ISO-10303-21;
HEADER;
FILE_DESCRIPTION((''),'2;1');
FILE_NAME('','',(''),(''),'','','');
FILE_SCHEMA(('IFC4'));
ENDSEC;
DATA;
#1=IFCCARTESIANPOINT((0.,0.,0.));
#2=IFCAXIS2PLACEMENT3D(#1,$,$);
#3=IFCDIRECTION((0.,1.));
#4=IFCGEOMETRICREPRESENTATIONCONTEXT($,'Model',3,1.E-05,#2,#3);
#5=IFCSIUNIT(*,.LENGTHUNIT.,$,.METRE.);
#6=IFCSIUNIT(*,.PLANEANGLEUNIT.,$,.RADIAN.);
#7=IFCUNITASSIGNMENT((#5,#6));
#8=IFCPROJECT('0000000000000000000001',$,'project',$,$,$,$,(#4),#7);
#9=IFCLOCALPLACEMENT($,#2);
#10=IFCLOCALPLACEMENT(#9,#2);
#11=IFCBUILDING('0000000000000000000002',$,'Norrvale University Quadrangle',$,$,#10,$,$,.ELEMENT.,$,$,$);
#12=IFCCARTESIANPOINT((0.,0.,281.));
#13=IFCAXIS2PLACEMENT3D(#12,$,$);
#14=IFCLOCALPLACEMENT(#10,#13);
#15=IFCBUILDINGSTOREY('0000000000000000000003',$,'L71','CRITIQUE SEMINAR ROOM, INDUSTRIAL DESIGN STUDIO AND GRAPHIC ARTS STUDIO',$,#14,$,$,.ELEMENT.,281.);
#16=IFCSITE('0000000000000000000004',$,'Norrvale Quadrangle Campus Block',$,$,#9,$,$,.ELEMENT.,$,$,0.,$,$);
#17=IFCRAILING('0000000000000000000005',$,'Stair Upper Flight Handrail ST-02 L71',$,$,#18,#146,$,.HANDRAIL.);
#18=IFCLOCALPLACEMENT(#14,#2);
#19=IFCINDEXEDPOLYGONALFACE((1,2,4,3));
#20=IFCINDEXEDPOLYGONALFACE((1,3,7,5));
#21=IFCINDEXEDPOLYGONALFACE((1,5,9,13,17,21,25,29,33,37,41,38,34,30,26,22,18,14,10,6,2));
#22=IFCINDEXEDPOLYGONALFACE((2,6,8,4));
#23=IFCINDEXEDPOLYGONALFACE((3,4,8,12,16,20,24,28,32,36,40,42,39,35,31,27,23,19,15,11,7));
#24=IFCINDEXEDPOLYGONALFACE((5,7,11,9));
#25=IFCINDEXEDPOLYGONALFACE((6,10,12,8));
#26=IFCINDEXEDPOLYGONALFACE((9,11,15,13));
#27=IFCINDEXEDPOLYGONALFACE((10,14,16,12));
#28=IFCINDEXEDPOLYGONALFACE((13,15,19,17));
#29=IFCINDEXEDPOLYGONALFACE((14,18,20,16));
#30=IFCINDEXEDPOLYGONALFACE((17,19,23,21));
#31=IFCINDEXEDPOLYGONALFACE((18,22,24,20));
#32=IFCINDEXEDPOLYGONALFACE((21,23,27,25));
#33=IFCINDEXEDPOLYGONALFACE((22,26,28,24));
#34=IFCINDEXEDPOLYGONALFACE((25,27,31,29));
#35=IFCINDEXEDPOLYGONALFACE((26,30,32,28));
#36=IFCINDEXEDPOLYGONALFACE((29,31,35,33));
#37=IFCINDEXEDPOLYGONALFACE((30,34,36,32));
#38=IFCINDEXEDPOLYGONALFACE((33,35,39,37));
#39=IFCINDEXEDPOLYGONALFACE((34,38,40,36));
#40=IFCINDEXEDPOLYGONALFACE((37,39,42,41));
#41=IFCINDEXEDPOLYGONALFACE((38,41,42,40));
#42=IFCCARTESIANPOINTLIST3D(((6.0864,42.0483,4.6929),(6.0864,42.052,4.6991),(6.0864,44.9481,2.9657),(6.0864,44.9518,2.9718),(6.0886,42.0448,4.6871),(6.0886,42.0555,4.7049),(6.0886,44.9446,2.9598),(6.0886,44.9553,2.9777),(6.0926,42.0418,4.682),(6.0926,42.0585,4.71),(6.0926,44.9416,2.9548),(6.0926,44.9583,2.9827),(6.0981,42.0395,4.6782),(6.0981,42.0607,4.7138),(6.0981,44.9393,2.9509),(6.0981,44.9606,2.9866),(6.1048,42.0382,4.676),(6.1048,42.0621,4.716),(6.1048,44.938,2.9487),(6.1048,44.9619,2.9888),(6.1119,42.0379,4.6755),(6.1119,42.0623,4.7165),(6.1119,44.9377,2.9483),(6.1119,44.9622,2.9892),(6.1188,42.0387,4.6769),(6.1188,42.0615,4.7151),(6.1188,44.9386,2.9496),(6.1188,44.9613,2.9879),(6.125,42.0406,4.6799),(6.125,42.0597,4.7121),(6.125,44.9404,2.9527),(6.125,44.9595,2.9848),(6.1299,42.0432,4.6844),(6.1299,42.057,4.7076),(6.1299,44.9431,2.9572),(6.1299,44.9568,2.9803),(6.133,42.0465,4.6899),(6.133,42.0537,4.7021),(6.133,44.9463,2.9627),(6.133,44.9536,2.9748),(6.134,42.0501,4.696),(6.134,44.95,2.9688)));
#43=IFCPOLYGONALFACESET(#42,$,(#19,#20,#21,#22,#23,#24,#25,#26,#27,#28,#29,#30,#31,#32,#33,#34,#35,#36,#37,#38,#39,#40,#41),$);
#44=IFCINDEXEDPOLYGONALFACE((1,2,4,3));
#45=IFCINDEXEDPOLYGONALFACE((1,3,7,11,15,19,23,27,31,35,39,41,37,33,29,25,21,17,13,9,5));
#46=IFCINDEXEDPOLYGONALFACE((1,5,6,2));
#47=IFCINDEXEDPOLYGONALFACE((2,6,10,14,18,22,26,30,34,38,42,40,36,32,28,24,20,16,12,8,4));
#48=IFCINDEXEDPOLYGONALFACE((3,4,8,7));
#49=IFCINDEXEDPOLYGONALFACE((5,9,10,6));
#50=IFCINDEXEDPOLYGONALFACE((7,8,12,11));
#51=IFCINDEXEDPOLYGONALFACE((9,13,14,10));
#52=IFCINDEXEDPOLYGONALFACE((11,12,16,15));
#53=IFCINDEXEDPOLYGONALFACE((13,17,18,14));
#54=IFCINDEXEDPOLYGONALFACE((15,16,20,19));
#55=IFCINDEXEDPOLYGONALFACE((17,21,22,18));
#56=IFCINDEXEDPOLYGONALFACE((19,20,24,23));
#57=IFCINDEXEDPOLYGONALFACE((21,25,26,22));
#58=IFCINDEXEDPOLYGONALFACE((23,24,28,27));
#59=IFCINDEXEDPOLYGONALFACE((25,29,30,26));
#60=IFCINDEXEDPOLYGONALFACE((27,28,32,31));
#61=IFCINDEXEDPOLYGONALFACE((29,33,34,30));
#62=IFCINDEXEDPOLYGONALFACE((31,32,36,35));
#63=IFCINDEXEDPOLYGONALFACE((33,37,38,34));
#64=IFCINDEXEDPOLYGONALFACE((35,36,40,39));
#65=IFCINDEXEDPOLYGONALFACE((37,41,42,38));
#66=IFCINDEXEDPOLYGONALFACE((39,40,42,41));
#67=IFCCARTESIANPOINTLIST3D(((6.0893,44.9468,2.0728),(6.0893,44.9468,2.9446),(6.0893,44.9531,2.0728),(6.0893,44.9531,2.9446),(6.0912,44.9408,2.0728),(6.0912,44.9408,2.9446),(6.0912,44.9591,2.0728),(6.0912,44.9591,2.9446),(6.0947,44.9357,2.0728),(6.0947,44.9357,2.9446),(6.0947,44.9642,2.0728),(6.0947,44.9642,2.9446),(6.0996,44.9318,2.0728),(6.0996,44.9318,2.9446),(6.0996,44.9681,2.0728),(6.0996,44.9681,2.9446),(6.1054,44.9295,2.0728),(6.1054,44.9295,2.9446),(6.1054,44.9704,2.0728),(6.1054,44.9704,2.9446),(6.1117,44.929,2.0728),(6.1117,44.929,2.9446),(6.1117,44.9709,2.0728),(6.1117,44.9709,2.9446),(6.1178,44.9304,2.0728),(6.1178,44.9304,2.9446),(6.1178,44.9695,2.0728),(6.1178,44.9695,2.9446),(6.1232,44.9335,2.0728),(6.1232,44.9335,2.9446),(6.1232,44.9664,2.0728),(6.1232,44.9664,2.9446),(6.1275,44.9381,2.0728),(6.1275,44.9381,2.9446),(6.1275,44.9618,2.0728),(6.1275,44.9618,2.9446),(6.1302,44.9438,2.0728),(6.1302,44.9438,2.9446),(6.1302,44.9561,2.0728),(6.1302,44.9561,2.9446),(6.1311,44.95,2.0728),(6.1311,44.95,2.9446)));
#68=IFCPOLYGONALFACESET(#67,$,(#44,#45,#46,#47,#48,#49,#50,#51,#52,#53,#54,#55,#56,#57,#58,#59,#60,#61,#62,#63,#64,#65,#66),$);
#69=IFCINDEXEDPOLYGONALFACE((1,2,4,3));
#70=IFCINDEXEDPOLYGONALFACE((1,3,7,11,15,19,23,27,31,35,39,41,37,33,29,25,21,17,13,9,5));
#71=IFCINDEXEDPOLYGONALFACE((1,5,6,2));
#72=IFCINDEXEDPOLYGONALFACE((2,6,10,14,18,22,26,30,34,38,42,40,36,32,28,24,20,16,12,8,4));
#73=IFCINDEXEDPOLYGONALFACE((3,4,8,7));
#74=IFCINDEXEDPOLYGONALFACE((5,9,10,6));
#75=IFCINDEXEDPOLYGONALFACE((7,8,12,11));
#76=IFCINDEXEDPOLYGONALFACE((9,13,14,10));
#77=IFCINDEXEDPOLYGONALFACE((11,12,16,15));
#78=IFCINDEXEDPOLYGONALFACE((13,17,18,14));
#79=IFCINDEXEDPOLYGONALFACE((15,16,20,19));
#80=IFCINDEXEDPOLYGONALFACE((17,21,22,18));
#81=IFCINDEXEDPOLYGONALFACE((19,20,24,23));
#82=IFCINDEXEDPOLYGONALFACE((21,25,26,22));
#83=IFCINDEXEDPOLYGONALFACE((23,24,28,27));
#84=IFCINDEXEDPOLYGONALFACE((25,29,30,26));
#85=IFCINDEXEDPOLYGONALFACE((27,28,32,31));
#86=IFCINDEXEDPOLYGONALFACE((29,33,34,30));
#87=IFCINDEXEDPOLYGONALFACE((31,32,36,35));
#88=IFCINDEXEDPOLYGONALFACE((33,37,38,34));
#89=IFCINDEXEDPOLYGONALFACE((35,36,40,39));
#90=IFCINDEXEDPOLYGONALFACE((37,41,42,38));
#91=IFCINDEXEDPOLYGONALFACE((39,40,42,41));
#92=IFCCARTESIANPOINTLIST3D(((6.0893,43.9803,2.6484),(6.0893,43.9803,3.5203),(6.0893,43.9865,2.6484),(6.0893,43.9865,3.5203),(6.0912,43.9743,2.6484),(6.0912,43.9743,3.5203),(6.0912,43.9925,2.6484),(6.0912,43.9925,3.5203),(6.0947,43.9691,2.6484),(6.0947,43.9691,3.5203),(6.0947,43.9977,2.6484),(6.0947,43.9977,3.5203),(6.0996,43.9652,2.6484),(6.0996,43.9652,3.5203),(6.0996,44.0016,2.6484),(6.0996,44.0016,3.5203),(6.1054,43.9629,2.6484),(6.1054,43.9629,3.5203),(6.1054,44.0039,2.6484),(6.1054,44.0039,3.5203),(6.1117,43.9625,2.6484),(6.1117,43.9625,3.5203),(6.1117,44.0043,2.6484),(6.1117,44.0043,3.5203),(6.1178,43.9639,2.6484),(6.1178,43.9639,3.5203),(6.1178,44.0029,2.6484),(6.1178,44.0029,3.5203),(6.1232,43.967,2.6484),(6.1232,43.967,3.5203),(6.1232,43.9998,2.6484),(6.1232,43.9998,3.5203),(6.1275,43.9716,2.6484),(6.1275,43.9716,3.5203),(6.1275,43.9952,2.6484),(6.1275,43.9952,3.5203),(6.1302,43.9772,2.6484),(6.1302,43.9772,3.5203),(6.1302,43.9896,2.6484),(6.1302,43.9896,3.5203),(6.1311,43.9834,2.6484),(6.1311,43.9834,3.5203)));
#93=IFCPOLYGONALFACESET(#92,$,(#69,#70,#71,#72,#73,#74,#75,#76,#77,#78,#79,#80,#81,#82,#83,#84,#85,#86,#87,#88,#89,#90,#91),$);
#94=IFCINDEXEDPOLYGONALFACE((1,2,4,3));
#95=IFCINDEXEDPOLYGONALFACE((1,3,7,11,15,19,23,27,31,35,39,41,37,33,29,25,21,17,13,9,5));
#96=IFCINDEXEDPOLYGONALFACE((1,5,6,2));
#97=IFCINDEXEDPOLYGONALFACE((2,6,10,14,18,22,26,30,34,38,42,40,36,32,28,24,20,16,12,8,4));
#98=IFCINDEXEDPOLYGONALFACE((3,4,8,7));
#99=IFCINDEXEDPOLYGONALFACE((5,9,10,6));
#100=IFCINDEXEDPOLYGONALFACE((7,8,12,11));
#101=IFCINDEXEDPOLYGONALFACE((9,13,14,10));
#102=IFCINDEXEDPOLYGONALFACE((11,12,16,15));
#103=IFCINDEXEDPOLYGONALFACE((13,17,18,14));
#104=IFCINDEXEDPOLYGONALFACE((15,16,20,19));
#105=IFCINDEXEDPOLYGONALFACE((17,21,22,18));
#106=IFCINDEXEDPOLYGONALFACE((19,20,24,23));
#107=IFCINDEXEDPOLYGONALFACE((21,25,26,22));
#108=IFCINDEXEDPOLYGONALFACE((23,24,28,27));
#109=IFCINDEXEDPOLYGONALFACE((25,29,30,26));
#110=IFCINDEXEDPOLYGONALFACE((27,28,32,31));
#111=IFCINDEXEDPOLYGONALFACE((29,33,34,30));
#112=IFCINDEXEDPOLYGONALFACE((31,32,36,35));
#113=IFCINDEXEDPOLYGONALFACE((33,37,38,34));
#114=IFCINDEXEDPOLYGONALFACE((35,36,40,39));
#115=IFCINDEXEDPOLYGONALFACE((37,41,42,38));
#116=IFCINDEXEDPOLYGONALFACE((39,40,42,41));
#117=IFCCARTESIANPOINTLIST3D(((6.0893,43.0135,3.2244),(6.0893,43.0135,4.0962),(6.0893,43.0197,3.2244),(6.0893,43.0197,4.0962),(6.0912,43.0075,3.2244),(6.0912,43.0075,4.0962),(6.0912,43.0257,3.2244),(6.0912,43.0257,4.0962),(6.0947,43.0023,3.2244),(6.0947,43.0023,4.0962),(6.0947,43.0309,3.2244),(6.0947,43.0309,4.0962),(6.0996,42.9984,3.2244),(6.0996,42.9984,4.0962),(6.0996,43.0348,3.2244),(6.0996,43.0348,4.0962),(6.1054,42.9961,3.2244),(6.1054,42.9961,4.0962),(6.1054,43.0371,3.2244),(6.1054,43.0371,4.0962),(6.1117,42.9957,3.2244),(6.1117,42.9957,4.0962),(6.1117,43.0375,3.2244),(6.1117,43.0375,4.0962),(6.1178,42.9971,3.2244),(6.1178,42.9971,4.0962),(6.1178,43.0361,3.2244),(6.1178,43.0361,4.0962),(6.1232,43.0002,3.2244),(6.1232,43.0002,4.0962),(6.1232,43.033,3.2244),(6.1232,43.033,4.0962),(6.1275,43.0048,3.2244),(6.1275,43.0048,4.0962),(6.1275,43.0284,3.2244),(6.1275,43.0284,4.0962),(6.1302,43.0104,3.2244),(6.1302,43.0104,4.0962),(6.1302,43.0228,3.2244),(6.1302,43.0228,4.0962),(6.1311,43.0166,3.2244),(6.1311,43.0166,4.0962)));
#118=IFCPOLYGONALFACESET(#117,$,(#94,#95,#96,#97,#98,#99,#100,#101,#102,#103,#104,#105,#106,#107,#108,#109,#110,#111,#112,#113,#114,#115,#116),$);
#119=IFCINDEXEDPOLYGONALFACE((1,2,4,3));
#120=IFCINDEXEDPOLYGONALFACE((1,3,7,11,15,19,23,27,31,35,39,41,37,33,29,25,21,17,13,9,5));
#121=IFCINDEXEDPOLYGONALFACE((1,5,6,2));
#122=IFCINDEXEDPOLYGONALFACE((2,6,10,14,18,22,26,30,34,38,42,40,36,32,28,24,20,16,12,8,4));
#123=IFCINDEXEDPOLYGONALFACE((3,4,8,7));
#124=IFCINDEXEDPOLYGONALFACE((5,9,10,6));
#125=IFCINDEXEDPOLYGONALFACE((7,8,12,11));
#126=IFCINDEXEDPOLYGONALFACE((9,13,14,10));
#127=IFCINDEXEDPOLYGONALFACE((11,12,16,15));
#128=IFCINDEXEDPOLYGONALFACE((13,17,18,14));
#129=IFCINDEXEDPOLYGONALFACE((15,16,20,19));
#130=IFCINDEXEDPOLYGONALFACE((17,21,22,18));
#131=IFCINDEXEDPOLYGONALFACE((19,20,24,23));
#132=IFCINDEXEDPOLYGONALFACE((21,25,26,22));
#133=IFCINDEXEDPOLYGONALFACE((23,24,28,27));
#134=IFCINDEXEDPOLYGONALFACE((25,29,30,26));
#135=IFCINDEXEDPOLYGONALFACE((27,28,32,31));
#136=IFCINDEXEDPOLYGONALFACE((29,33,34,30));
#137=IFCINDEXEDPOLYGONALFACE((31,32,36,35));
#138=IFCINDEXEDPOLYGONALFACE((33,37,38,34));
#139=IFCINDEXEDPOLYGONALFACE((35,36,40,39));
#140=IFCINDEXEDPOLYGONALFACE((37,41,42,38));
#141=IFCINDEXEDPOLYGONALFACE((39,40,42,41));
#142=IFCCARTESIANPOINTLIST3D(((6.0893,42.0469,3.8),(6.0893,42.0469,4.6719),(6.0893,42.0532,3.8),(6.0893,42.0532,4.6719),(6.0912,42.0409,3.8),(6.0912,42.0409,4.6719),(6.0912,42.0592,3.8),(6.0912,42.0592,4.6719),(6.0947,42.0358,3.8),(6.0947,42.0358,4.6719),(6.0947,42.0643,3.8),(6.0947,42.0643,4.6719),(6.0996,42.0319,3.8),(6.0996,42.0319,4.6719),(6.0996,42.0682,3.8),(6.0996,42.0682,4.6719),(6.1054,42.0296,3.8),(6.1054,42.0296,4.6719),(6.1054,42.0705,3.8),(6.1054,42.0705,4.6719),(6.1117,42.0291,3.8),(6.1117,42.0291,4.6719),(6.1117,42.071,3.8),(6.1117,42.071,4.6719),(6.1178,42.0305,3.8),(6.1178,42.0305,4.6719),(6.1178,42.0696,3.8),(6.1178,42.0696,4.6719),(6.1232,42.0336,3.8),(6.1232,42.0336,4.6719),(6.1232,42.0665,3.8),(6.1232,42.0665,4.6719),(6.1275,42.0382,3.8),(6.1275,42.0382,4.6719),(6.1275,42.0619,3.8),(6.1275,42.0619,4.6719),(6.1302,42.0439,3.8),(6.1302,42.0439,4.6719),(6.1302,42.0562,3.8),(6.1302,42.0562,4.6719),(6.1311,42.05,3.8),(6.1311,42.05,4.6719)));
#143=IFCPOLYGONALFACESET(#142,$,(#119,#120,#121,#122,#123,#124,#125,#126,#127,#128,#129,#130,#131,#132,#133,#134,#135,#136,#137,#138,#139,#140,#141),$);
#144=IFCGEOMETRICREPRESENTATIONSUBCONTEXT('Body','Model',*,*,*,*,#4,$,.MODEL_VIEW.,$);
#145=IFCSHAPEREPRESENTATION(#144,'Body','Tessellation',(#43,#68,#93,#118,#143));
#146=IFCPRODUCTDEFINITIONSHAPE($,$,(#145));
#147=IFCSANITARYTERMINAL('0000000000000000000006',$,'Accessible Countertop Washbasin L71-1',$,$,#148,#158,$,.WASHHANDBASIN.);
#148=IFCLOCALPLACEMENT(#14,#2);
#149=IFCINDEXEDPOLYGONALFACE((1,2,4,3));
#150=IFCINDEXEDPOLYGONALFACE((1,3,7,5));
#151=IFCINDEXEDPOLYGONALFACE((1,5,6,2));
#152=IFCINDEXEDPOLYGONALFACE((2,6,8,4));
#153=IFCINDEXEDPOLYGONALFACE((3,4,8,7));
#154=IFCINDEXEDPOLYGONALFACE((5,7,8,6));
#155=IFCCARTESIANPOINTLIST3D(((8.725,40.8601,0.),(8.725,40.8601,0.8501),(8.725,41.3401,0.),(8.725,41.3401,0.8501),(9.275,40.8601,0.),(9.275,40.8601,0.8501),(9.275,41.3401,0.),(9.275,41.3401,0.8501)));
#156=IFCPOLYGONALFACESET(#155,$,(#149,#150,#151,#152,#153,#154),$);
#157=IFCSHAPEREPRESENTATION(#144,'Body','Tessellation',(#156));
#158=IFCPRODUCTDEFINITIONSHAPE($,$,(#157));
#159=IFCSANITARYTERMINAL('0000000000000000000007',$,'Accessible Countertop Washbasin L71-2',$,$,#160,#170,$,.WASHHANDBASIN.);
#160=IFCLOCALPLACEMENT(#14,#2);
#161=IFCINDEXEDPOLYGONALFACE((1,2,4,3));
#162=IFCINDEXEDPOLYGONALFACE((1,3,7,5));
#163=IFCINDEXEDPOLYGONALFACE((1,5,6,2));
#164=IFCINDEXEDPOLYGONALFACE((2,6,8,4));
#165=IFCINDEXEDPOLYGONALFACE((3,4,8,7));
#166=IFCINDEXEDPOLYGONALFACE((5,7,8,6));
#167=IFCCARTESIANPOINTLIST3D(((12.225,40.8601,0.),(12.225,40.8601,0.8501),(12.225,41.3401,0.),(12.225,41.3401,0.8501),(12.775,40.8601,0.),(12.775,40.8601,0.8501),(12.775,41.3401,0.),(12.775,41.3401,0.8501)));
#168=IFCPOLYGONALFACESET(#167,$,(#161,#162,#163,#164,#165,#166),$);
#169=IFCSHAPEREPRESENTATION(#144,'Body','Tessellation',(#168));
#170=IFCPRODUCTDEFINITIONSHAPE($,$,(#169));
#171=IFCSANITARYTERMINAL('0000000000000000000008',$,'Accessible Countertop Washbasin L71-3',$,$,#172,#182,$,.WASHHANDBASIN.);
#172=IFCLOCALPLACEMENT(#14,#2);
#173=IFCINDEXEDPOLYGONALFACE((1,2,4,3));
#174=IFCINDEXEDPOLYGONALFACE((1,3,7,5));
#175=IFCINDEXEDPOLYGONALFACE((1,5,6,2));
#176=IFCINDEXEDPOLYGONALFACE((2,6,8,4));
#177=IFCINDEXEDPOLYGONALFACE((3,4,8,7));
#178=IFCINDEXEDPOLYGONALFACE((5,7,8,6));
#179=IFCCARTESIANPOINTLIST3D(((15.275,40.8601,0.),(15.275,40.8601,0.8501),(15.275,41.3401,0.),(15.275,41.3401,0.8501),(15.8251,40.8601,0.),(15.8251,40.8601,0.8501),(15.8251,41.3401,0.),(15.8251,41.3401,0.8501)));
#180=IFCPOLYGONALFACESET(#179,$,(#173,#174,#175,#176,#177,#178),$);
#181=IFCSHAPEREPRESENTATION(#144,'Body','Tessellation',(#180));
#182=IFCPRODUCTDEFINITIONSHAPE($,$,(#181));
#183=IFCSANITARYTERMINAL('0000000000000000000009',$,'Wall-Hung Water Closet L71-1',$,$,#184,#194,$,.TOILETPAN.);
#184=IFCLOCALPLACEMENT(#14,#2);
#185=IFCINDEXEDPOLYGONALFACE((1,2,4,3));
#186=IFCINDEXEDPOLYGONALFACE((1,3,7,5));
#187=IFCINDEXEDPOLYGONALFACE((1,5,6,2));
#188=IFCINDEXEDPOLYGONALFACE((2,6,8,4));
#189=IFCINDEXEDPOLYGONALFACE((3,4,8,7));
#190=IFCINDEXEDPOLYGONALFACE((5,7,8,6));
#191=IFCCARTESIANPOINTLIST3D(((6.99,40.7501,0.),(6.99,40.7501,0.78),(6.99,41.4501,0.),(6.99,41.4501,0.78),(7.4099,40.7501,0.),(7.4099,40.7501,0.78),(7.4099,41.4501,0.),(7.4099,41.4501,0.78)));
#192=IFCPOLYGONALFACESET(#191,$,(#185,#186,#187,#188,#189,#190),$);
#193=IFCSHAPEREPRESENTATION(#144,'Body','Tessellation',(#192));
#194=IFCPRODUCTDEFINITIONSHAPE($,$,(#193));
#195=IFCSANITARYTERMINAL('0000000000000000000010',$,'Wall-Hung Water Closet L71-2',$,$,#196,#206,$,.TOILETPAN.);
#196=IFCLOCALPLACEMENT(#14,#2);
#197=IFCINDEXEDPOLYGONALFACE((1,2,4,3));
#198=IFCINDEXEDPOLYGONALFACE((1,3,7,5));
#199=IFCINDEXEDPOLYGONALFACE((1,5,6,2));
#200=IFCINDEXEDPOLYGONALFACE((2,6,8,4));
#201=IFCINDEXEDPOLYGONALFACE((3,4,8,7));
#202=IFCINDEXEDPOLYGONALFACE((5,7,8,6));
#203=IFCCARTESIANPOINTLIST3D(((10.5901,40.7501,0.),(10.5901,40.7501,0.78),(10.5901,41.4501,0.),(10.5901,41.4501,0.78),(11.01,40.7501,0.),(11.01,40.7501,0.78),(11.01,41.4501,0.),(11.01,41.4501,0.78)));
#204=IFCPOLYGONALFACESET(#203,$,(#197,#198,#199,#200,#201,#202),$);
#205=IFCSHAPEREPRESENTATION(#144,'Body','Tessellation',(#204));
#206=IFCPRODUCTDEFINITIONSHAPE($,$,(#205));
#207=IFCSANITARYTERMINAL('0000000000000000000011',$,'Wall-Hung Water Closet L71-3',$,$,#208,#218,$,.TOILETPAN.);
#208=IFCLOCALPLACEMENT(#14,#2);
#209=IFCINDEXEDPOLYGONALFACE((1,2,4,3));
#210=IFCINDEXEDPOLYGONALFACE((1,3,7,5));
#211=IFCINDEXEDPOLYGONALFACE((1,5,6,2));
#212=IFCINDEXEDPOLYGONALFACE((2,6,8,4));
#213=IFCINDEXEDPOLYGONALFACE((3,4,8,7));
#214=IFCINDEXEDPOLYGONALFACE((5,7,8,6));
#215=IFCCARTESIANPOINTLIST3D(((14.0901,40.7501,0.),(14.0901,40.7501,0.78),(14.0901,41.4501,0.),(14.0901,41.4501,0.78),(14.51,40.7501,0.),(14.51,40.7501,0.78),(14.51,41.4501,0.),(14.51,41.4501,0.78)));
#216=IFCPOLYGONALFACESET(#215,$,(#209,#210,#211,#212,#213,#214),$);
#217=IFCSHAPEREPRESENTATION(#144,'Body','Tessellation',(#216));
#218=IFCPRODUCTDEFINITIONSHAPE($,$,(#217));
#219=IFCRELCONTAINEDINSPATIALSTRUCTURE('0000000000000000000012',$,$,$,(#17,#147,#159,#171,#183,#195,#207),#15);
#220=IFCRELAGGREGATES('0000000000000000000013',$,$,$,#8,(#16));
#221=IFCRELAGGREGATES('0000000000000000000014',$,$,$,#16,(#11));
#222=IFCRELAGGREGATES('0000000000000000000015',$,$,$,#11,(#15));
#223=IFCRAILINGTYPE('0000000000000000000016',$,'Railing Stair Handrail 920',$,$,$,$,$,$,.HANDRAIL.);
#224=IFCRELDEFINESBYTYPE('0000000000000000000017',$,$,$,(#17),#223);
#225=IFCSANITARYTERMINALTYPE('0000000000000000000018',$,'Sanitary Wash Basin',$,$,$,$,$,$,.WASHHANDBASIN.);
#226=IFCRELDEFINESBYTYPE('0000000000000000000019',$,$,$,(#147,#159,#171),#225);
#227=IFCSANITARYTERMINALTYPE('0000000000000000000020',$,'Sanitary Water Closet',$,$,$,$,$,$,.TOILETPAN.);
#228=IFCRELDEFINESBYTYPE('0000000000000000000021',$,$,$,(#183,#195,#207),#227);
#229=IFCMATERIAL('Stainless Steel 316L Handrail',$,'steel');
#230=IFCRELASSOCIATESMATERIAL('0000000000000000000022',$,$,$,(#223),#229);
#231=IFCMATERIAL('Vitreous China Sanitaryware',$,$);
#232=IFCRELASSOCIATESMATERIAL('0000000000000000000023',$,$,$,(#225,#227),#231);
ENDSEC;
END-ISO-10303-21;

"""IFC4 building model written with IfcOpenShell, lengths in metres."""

from ifc_helpers import new_model, si_unit, direction, frame, origin, origin_2d, place, context, subcontext, project, spatial, rectangle, circle, extrude, material, type_object, element, save


model = new_model("IFC4")

# Units and contexts
model_context = context("Model", 3, precision=1e-05, world=origin(), true_north=direction((0.0, 1.0)))
body_context = subcontext(model_context, "Body", "Model", "MODEL_VIEW")
ifc_project = project(units=[si_unit("LENGTHUNIT", "METRE"), si_unit("PLANEANGLEUNIT", "RADIAN")], contexts=[model_context])

# Site, building, storey
site_placement = place(None, origin())
site = spatial("IfcSite", under=ifc_project, at=site_placement, Name="Norrvale Quadrangle Campus Block", CompositionType="ELEMENT", RefElevation=0.0)
building_placement = place(site_placement, origin())
building = spatial("IfcBuilding", under=site, at=building_placement, Name="Norrvale University Quadrangle", CompositionType="ELEMENT")
storey_placement = place(building_placement, frame((0.0, 0.0, 281.0)))
storey = spatial("IfcBuildingStorey", under=building, at=storey_placement, Name="L71", Description="CRITIQUE SEMINAR ROOM, INDUSTRIAL DESIGN STUDIO AND GRAPHIC ARTS STUDIO", CompositionType="ELEMENT", Elevation=281.0)

# Railing
ifc_material_1 = material(Name="Stainless Steel 316L Handrail", Category="steel")
railing_type_1 = type_object("IfcRailingType", Name="Railing Stair Handrail 920", PredefinedType="HANDRAIL", material=ifc_material_1)
railing_1_placement = place(storey_placement, frame((6.1101, 44.95, 2.0728)))
element("IfcRailing", 1, at=railing_1_placement, inside=storey, type_object=railing_type_1, Name="Stair Upper Flight Handrail ST-02 L71", PredefinedType="HANDRAIL", context=body_context, shape_type="SweptSolid", body=[
    extrude(circle(Radius=0.0239, at=origin_2d()), frame((0.0, 0.0, 0.896), z_axis=(0.0, -0.859141, 0.511738), x_axis=(1.0, 0.0, 0.0)), (0.0, 0.0, 1.0), 3.3752),
    extrude(circle(Radius=0.021, at=origin_2d()), origin(), (0.0, 0.0, 1.0), 0.8718),
    extrude(circle(Radius=0.021, at=origin_2d()), frame((0.0, -0.9666, 0.5757)), (0.0, 0.0, 1.0), 0.8718),
    extrude(circle(Radius=0.021, at=origin_2d()), frame((0.0, -1.9333, 1.1516)), (0.0, 0.0, 1.0), 0.8718),
    extrude(circle(Radius=0.021, at=origin_2d()), frame((0.0, -2.8999, 1.7273)), (0.0, 0.0, 1.0), 0.8718),
])

# Sanitary terminals
ifc_material_2 = material(Name="Vitreous China Sanitaryware")
sanitary_terminal_type_1 = type_object("IfcSanitaryTerminalType", Name="Sanitary Wash Basin", PredefinedType="WASHHANDBASIN", material=ifc_material_2)
for number, where, z_axis, x_axis, name in (
    (2, (9.0, 41.1001, 0.0), (0.0, 0.0, 1.0), (1.0, 0.0, 0.0), "Accessible Countertop Washbasin L71-1"),
    (3, (12.5, 41.1001, 0.0), (0.0, 0.0, 1.0), (1.0, 0.0, 0.0), "Accessible Countertop Washbasin L71-2"),
    (4, (15.55, 41.1001, 0.0), (0.0, 0.0, 1.0), (1.0, 0.0, 0.0), "Accessible Countertop Washbasin L71-3"),
):
    element("IfcSanitaryTerminal", number, at=place(storey_placement, frame(where, z_axis=z_axis, x_axis=x_axis)), inside=storey, type_object=sanitary_terminal_type_1, Name=name, PredefinedType="WASHHANDBASIN", context=body_context, shape_type="SweptSolid", body=[
        extrude(rectangle(XDim=0.55, YDim=0.48, at=origin_2d()), origin(), (0.0, 0.0, 1.0), 0.8501),
    ])
sanitary_terminal_type_2 = type_object("IfcSanitaryTerminalType", Name="Sanitary Water Closet", PredefinedType="TOILETPAN", material=ifc_material_2)
for number, where, z_axis, x_axis, name in (
    (5, (7.2, 41.1001, 0.0), (0.0, 0.0, 1.0), (1.0, 0.0, 0.0), "Wall-Hung Water Closet L71-1"),
    (6, (10.8, 41.1001, 0.0), (0.0, 0.0, 1.0), (1.0, 0.0, 0.0), "Wall-Hung Water Closet L71-2"),
    (7, (14.3, 41.1001, 0.0), (0.0, 0.0, 1.0), (1.0, 0.0, 0.0), "Wall-Hung Water Closet L71-3"),
):
    element("IfcSanitaryTerminal", number, at=place(storey_placement, frame(where, z_axis=z_axis, x_axis=x_axis)), inside=storey, type_object=sanitary_terminal_type_2, Name=name, PredefinedType="TOILETPAN", context=body_context, shape_type="SweptSolid", body=[
        extrude(rectangle(XDim=0.4199, YDim=0.7, at=origin_2d()), origin(), (0.0, 0.0, 1.0), 0.78),
    ])

save(model, "model.ifc")
